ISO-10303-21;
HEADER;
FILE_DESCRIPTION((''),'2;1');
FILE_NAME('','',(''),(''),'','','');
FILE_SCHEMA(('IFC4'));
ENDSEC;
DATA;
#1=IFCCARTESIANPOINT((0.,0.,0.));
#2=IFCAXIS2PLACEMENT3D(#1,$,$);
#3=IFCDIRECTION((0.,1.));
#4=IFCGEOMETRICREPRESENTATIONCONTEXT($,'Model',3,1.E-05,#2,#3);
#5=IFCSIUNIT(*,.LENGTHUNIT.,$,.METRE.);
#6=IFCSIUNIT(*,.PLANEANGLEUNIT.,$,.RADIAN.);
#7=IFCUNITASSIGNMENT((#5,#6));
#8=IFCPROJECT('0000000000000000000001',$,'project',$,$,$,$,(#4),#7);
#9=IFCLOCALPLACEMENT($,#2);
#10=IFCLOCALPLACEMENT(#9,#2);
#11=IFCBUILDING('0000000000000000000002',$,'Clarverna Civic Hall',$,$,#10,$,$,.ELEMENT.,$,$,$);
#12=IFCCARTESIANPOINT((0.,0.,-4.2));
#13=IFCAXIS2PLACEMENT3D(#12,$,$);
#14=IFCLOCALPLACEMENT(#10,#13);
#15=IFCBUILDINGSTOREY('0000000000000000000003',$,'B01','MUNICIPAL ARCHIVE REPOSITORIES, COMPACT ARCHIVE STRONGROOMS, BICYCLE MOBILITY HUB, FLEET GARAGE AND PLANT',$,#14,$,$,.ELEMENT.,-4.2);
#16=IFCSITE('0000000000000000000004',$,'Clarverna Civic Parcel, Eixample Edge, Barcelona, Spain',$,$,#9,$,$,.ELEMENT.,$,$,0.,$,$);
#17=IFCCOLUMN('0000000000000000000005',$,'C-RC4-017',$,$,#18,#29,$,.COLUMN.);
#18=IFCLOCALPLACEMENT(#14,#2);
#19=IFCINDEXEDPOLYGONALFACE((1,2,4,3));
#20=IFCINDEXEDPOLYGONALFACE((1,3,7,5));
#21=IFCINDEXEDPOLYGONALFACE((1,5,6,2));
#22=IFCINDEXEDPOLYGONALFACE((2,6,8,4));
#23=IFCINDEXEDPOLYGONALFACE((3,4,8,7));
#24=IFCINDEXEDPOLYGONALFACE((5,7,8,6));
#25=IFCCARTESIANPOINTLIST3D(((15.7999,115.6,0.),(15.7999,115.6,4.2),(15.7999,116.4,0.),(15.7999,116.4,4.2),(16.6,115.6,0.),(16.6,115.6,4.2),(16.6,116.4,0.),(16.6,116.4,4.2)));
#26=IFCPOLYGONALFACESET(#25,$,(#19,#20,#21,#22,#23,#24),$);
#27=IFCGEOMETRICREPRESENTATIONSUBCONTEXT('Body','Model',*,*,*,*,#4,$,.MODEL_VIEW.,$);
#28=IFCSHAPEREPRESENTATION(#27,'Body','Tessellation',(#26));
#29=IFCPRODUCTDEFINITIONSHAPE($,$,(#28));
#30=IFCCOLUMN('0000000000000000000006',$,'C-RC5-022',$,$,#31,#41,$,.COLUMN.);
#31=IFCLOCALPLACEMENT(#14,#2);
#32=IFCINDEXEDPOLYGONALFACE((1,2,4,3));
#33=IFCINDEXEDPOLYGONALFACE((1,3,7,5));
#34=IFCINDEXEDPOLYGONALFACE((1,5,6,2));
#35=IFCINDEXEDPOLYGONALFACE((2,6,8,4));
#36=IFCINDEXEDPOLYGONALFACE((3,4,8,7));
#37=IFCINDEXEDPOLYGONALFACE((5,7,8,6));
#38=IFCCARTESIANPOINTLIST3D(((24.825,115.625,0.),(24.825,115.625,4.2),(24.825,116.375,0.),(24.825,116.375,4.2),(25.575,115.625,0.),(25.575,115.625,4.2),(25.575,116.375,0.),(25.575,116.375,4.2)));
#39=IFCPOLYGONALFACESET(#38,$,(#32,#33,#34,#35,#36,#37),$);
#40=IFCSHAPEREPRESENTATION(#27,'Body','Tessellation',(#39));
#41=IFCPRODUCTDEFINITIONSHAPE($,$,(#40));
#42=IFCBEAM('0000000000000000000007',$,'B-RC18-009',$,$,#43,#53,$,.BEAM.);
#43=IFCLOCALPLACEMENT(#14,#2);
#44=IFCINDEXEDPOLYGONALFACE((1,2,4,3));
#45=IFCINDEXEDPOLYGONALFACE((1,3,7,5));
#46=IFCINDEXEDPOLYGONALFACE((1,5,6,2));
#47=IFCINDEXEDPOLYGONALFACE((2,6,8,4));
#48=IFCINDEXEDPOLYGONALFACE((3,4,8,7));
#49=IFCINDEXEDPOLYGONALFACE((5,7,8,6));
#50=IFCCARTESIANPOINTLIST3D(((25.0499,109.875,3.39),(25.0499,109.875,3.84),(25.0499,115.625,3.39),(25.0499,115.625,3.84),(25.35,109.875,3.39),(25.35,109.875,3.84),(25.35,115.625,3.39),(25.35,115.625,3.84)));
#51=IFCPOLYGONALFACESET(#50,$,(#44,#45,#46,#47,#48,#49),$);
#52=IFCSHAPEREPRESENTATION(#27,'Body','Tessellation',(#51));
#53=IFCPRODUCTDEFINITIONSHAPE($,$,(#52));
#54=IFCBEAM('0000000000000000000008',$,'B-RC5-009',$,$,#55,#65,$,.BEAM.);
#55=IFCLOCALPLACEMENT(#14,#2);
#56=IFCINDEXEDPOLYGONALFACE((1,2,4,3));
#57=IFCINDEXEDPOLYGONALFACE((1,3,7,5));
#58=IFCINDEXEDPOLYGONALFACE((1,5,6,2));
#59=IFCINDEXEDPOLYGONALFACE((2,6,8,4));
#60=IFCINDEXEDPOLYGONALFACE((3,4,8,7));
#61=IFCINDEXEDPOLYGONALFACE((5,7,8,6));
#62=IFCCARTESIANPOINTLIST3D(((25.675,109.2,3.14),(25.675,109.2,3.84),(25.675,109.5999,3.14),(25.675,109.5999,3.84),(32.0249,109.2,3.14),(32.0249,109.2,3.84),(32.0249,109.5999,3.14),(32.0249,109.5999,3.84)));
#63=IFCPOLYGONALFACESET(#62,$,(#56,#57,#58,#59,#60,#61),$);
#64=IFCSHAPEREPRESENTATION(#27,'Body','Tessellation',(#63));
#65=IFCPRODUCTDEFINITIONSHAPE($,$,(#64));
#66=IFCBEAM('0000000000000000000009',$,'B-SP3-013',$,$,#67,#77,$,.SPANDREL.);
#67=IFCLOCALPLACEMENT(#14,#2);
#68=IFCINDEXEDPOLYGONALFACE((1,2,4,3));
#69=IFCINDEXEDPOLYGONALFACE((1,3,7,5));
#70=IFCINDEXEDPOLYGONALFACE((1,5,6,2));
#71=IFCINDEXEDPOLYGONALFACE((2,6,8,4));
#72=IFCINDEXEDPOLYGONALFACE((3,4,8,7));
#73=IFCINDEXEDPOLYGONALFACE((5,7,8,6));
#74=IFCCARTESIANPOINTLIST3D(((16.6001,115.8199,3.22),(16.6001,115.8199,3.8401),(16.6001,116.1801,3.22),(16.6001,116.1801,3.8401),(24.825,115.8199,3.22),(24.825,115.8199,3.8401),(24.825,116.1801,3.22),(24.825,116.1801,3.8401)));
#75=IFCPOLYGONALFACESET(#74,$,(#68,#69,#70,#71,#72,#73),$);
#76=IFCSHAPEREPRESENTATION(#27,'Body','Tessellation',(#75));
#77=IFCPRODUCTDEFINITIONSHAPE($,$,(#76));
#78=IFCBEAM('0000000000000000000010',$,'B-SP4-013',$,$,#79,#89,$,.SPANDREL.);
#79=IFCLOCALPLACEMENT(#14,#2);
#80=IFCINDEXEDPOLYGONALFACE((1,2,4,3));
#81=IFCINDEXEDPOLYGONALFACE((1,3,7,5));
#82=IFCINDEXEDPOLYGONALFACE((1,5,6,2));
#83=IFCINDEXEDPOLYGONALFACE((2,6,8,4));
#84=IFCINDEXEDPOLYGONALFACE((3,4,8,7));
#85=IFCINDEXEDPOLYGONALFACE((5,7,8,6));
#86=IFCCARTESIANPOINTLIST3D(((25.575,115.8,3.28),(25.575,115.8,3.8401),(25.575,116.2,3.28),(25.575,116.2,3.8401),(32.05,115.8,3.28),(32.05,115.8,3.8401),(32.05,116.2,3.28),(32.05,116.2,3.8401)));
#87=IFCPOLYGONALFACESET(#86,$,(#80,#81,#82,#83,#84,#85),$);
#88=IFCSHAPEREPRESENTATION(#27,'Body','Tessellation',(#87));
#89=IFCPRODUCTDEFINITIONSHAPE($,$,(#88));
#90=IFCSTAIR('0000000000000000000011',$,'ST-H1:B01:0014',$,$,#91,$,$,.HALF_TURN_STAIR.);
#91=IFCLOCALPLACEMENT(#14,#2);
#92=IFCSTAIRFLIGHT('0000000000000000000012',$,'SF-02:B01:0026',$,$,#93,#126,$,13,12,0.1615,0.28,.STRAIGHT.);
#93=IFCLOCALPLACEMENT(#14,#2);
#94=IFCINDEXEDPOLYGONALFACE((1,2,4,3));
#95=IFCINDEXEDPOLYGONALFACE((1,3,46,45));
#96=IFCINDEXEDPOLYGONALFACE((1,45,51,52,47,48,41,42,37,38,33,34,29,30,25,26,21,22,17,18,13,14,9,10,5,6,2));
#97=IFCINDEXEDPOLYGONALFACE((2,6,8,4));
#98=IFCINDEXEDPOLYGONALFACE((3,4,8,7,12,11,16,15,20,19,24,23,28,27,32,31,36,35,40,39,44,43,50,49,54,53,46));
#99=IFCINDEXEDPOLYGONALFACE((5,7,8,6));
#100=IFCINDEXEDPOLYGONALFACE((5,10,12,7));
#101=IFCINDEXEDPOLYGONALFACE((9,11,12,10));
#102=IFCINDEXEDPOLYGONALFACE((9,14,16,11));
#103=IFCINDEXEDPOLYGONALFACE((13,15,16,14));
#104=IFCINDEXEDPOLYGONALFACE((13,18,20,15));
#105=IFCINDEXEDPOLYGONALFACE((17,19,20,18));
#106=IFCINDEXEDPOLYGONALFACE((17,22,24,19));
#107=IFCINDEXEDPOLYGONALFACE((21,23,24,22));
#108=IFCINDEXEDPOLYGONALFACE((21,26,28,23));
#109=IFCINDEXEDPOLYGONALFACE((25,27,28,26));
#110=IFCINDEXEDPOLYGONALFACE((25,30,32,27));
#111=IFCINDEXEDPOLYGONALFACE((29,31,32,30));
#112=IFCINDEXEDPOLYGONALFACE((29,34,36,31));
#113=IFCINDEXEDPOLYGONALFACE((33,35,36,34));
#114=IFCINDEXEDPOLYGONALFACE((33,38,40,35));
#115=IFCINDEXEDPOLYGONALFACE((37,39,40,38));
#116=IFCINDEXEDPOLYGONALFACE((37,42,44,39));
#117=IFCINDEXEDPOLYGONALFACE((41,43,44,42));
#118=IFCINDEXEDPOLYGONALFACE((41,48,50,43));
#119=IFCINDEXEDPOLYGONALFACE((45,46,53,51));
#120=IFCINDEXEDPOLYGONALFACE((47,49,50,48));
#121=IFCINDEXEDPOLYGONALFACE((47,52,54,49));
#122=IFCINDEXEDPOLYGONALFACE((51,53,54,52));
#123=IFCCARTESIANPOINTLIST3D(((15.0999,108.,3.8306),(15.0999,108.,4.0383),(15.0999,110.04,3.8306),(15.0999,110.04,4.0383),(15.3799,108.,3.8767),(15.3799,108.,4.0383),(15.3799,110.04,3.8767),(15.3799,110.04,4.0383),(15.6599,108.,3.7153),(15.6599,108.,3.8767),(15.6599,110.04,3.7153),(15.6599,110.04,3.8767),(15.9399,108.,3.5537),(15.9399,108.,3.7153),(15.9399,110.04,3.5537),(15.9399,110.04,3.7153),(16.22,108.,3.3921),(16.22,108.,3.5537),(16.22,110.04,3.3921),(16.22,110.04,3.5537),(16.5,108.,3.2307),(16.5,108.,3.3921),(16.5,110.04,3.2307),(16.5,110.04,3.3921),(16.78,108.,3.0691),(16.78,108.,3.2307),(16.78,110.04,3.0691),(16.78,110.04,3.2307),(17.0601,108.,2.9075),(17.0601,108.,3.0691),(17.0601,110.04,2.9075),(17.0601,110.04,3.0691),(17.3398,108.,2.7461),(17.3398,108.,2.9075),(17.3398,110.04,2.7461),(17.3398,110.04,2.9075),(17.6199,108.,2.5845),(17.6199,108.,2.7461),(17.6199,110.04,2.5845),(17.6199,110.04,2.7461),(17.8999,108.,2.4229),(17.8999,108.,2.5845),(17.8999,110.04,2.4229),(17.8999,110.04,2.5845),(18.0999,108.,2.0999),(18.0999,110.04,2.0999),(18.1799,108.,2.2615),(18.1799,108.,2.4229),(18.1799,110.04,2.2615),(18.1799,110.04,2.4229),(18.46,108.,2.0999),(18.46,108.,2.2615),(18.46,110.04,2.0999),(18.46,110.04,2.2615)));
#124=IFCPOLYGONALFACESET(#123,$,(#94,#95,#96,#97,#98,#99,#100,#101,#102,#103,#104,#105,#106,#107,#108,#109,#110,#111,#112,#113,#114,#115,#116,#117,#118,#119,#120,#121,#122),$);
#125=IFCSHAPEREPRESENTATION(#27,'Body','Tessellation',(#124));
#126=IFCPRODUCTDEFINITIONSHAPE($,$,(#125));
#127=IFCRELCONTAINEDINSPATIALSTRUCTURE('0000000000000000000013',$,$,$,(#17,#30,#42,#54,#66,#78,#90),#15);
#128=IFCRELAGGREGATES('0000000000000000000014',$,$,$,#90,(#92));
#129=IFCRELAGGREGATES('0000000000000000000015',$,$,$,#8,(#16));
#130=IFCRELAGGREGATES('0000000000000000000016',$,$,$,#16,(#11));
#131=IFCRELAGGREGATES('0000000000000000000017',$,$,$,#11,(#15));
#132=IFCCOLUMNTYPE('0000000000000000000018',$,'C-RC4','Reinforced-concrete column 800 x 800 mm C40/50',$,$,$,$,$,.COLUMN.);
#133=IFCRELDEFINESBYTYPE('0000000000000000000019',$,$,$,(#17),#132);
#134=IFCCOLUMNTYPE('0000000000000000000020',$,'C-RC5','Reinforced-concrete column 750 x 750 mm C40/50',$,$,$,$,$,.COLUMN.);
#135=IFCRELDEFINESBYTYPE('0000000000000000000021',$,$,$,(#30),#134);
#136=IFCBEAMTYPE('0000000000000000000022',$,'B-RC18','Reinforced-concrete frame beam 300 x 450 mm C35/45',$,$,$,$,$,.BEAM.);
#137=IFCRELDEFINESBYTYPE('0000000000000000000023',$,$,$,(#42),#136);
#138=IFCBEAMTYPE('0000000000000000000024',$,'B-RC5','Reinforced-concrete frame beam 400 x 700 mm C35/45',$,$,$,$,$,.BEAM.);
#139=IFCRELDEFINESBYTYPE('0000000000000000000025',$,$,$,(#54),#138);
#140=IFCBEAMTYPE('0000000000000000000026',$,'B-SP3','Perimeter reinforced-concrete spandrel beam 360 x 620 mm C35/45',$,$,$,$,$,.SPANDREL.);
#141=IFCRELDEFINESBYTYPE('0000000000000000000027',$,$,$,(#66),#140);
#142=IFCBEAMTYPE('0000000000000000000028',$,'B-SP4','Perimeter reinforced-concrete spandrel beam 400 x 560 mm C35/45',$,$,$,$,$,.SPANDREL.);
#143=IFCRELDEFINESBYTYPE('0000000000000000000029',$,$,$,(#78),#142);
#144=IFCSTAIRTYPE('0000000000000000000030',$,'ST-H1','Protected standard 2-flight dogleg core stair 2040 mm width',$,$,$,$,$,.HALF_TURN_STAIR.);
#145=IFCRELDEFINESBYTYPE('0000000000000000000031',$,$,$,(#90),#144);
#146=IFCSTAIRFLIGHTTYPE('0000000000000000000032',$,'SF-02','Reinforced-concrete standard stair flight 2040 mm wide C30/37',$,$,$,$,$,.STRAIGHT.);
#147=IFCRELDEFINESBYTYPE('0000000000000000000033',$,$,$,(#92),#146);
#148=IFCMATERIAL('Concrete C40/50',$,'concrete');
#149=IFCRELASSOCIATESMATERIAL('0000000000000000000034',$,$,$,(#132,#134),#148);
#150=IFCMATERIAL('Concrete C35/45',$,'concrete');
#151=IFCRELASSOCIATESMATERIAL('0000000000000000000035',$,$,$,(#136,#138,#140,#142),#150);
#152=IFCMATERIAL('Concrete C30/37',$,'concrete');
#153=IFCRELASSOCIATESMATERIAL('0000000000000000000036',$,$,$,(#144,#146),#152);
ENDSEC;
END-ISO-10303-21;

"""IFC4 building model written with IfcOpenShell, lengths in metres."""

from ifc_helpers import new_model, si_unit, direction, frame, origin, origin_2d, place, context, subcontext, project, spatial, polyline, rectangle, outline, extrude, material, material_profile, profile_set, type_object, element, aggregate, save


model = new_model("IFC4")

# Units and contexts
model_context = context("Model", 3, precision=1e-05, world=origin(), true_north=direction((0.0, 1.0)))
body_context = subcontext(model_context, "Body", "Model", "MODEL_VIEW")
ifc_project = project(units=[si_unit("LENGTHUNIT", "METRE"), si_unit("PLANEANGLEUNIT", "RADIAN")], contexts=[model_context])

# Site, building, storey
site_placement = place(None, origin())
site = spatial("IfcSite", under=ifc_project, at=site_placement, Name="Clarverna Civic Parcel, Eixample Edge, Barcelona, Spain", CompositionType="ELEMENT", RefElevation=0.0)
building_placement = place(site_placement, origin())
building = spatial("IfcBuilding", under=site, at=building_placement, Name="Clarverna Civic Hall", CompositionType="ELEMENT")
storey_placement = place(building_placement, frame((0.0, 0.0, -4.2)))
storey = spatial("IfcBuildingStorey", under=building, at=storey_placement, Name="B01", Description="MUNICIPAL ARCHIVE REPOSITORIES, COMPACT ARCHIVE STRONGROOMS, BICYCLE MOBILITY HUB, FLEET GARAGE AND PLANT", CompositionType="ELEMENT", Elevation=-4.2)

# Shared definitions
ifc_material_1 = material(Name="Concrete C30/37", Category="concrete")

# Columns
ifc_material_2 = material(Name="Concrete C40/50", Category="concrete")
ifc_material_profile_1 = material_profile(ifc_material_2, rectangle(XDim=0.8, YDim=0.8, at=origin_2d()), Name="RC 800x800")
ifc_profile_set_1 = profile_set([ifc_material_profile_1], Name="Concrete C40/50")
column_type_1 = type_object("IfcColumnType", Name="C-RC4", Description="Reinforced-concrete column 800 x 800 mm C40/50", PredefinedType="COLUMN", material=ifc_profile_set_1)
column_1_placement = place(storey_placement, frame((16.2, 116.0, 0.0), z_axis=(0.0, 0.0, 1.0), x_axis=(1.0, 0.0, 0.0)))
element("IfcColumn", 1, at=column_1_placement, inside=storey, type_object=column_type_1, Name="C-RC4-017", PredefinedType="COLUMN", context=body_context, shape_type="SweptSolid", body=[
    extrude(rectangle(XDim=0.8, YDim=0.8, at=origin_2d()), origin(), (0.0, 0.0, 1.0), 4.2),
])
ifc_material_profile_2 = material_profile(ifc_material_2, rectangle(XDim=0.75, YDim=0.75, at=origin_2d()), Name="RC 750x750")
ifc_profile_set_2 = profile_set([ifc_material_profile_2], Name="Concrete C40/50")
column_type_2 = type_object("IfcColumnType", Name="C-RC5", Description="Reinforced-concrete column 750 x 750 mm C40/50", PredefinedType="COLUMN", material=ifc_profile_set_2)
column_2_placement = place(storey_placement, frame((25.2, 116.0, 0.0), z_axis=(0.0, 0.0, 1.0), x_axis=(1.0, 0.0, 0.0)))
element("IfcColumn", 2, at=column_2_placement, inside=storey, type_object=column_type_2, Name="C-RC5-022", PredefinedType="COLUMN", context=body_context, shape_type="SweptSolid", body=[
    extrude(rectangle(XDim=0.75, YDim=0.75, at=origin_2d()), origin(), (0.0, 0.0, 1.0), 4.2),
])

# Beams
ifc_material_3 = material(Name="Concrete C35/45", Category="concrete")
ifc_material_profile_3 = material_profile(ifc_material_3, rectangle(XDim=0.3, YDim=0.45, at=origin_2d()), Name="RC 300x450")
ifc_profile_set_3 = profile_set([ifc_material_profile_3], Name="Concrete C35/45")
beam_type_1 = type_object("IfcBeamType", Name="B-RC18", Description="Reinforced-concrete frame beam 300 x 450 mm C35/45", PredefinedType="BEAM", material=ifc_profile_set_3)
beam_1_placement = place(storey_placement, frame((25.2, 109.875, 3.615), z_axis=(0.0, 1.0, 0.0), x_axis=(-1.0, 0.0, 0.0)))
element("IfcBeam", 3, at=beam_1_placement, inside=storey, type_object=beam_type_1, Name="B-RC18-009", PredefinedType="BEAM", context=body_context, shape_type="SweptSolid", body=[
    extrude(rectangle(XDim=0.3, YDim=0.45, at=origin_2d()), origin(), (0.0, 0.0, 1.0), 5.75),
])
ifc_material_profile_4 = material_profile(ifc_material_3, rectangle(XDim=0.3999, YDim=0.7, at=origin_2d()), Name="RC 400x700")
ifc_profile_set_4 = profile_set([ifc_material_profile_4], Name="Concrete C35/45")
beam_type_2 = type_object("IfcBeamType", Name="B-RC5", Description="Reinforced-concrete frame beam 400 x 700 mm C35/45", PredefinedType="BEAM", material=ifc_profile_set_4)
beam_2_placement = place(storey_placement, frame((25.675, 109.3999, 3.49), z_axis=(1.0, 0.0, 0.0), x_axis=(0.0, 1.0, 0.0)))
element("IfcBeam", 4, at=beam_2_placement, inside=storey, type_object=beam_type_2, Name="B-RC5-009", PredefinedType="BEAM", context=body_context, shape_type="SweptSolid", body=[
    extrude(rectangle(XDim=0.3999, YDim=0.7, at=origin_2d()), origin(), (0.0, 0.0, 1.0), 6.3499),
])
ifc_material_profile_5 = material_profile(ifc_material_3, rectangle(XDim=0.3601, YDim=0.6201, at=origin_2d()), Name="RC 360x620")
ifc_profile_set_5 = profile_set([ifc_material_profile_5], Name="Concrete C35/45")
beam_type_3 = type_object("IfcBeamType", Name="B-SP3", Description="Perimeter reinforced-concrete spandrel beam 360 x 620 mm C35/45", PredefinedType="SPANDREL", material=ifc_profile_set_5)
beam_3_placement = place(storey_placement, frame((16.6001, 116.0, 3.53), z_axis=(1.0, 0.0, 0.0), x_axis=(0.0, 1.0, 0.0)))
element("IfcBeam", 5, at=beam_3_placement, inside=storey, type_object=beam_type_3, Name="B-SP3-013", PredefinedType="SPANDREL", context=body_context, shape_type="SweptSolid", body=[
    extrude(rectangle(XDim=0.3601, YDim=0.6201, at=origin_2d()), origin(), (0.0, 0.0, 1.0), 8.2249),
])
ifc_material_profile_6 = material_profile(ifc_material_3, rectangle(XDim=0.3999, YDim=0.5601, at=origin_2d()), Name="RC 400x560")
ifc_profile_set_6 = profile_set([ifc_material_profile_6], Name="Concrete C35/45")
beam_type_4 = type_object("IfcBeamType", Name="B-SP4", Description="Perimeter reinforced-concrete spandrel beam 400 x 560 mm C35/45", PredefinedType="SPANDREL", material=ifc_profile_set_6)
beam_4_placement = place(storey_placement, frame((25.575, 116.0, 3.5601), z_axis=(1.0, 0.0, 0.0), x_axis=(0.0, 1.0, 0.0)))
element("IfcBeam", 6, at=beam_4_placement, inside=storey, type_object=beam_type_4, Name="B-SP4-013", PredefinedType="SPANDREL", context=body_context, shape_type="SweptSolid", body=[
    extrude(rectangle(XDim=0.3999, YDim=0.5601, at=origin_2d()), origin(), (0.0, 0.0, 1.0), 6.4751),
])

# Stair, stair flight
stair_type = type_object("IfcStairType", Name="ST-H1", Description="Protected standard 2-flight dogleg core stair 2040 mm width", PredefinedType="HALF_TURN_STAIR", material=ifc_material_1)
stair_placement = place(storey_placement, origin())
stair = element("IfcStair", 7, at=stair_placement, inside=storey, type_object=stair_type, Name="ST-H1:B01:0014", PredefinedType="HALF_TURN_STAIR")
stair_flight_type = type_object("IfcStairFlightType", Name="SF-02", Description="Reinforced-concrete standard stair flight 2040 mm wide C30/37", PredefinedType="STRAIGHT", material=ifc_material_1)
stair_flight_placement = place(storey_placement, frame((18.46, 109.02, 2.0999), z_axis=(0.0, 0.0, 1.0), x_axis=(-1.0, 0.0, 0.0)))
stair_flight = element("IfcStairFlight", 8, at=stair_flight_placement, type_object=stair_flight_type, Name="SF-02:B01:0026", NumberOfRisers=13, NumberOfTreads=12, PredefinedType="STRAIGHT", RiserHeight=0.1615, TreadLength=0.28, context=body_context, shape_type="SweptSolid", body=[
    extrude(outline(polyline([(0.0, 0.0), (0.0, 0.1616), (0.28, 0.1616), (0.28, 0.323), (0.5601, 0.323), (0.5601, 0.4846), (0.8401, 0.4846), (0.8401, 0.6462), (1.1201, 0.6462), (1.1201, 0.8076), (1.3999, 0.8076), (1.3999, 0.9692), (1.6799, 0.9692), (1.6799, 1.1309), (1.96, 1.1309), (1.96, 1.2922), (2.24, 1.2922), (2.24, 1.4539), (2.52, 1.4539), (2.52, 1.6155), (2.8, 1.6155), (2.8, 1.7769), (3.0801, 1.7769), (3.0801, 1.9385), (3.3601, 1.9385), (3.3601, 2.1001), (3.3601, 1.7307), (0.3601, 0.0), (0.0, 0.0)])), frame((0.0, 1.02, 0.0), z_axis=(0.0, -1.0, 0.0), x_axis=(1.0, 0.0, 0.0)), (0.0, 0.0, 1.0), 2.04),
])
aggregate(stair, [stair_flight])

save(model, "model.ifc")
